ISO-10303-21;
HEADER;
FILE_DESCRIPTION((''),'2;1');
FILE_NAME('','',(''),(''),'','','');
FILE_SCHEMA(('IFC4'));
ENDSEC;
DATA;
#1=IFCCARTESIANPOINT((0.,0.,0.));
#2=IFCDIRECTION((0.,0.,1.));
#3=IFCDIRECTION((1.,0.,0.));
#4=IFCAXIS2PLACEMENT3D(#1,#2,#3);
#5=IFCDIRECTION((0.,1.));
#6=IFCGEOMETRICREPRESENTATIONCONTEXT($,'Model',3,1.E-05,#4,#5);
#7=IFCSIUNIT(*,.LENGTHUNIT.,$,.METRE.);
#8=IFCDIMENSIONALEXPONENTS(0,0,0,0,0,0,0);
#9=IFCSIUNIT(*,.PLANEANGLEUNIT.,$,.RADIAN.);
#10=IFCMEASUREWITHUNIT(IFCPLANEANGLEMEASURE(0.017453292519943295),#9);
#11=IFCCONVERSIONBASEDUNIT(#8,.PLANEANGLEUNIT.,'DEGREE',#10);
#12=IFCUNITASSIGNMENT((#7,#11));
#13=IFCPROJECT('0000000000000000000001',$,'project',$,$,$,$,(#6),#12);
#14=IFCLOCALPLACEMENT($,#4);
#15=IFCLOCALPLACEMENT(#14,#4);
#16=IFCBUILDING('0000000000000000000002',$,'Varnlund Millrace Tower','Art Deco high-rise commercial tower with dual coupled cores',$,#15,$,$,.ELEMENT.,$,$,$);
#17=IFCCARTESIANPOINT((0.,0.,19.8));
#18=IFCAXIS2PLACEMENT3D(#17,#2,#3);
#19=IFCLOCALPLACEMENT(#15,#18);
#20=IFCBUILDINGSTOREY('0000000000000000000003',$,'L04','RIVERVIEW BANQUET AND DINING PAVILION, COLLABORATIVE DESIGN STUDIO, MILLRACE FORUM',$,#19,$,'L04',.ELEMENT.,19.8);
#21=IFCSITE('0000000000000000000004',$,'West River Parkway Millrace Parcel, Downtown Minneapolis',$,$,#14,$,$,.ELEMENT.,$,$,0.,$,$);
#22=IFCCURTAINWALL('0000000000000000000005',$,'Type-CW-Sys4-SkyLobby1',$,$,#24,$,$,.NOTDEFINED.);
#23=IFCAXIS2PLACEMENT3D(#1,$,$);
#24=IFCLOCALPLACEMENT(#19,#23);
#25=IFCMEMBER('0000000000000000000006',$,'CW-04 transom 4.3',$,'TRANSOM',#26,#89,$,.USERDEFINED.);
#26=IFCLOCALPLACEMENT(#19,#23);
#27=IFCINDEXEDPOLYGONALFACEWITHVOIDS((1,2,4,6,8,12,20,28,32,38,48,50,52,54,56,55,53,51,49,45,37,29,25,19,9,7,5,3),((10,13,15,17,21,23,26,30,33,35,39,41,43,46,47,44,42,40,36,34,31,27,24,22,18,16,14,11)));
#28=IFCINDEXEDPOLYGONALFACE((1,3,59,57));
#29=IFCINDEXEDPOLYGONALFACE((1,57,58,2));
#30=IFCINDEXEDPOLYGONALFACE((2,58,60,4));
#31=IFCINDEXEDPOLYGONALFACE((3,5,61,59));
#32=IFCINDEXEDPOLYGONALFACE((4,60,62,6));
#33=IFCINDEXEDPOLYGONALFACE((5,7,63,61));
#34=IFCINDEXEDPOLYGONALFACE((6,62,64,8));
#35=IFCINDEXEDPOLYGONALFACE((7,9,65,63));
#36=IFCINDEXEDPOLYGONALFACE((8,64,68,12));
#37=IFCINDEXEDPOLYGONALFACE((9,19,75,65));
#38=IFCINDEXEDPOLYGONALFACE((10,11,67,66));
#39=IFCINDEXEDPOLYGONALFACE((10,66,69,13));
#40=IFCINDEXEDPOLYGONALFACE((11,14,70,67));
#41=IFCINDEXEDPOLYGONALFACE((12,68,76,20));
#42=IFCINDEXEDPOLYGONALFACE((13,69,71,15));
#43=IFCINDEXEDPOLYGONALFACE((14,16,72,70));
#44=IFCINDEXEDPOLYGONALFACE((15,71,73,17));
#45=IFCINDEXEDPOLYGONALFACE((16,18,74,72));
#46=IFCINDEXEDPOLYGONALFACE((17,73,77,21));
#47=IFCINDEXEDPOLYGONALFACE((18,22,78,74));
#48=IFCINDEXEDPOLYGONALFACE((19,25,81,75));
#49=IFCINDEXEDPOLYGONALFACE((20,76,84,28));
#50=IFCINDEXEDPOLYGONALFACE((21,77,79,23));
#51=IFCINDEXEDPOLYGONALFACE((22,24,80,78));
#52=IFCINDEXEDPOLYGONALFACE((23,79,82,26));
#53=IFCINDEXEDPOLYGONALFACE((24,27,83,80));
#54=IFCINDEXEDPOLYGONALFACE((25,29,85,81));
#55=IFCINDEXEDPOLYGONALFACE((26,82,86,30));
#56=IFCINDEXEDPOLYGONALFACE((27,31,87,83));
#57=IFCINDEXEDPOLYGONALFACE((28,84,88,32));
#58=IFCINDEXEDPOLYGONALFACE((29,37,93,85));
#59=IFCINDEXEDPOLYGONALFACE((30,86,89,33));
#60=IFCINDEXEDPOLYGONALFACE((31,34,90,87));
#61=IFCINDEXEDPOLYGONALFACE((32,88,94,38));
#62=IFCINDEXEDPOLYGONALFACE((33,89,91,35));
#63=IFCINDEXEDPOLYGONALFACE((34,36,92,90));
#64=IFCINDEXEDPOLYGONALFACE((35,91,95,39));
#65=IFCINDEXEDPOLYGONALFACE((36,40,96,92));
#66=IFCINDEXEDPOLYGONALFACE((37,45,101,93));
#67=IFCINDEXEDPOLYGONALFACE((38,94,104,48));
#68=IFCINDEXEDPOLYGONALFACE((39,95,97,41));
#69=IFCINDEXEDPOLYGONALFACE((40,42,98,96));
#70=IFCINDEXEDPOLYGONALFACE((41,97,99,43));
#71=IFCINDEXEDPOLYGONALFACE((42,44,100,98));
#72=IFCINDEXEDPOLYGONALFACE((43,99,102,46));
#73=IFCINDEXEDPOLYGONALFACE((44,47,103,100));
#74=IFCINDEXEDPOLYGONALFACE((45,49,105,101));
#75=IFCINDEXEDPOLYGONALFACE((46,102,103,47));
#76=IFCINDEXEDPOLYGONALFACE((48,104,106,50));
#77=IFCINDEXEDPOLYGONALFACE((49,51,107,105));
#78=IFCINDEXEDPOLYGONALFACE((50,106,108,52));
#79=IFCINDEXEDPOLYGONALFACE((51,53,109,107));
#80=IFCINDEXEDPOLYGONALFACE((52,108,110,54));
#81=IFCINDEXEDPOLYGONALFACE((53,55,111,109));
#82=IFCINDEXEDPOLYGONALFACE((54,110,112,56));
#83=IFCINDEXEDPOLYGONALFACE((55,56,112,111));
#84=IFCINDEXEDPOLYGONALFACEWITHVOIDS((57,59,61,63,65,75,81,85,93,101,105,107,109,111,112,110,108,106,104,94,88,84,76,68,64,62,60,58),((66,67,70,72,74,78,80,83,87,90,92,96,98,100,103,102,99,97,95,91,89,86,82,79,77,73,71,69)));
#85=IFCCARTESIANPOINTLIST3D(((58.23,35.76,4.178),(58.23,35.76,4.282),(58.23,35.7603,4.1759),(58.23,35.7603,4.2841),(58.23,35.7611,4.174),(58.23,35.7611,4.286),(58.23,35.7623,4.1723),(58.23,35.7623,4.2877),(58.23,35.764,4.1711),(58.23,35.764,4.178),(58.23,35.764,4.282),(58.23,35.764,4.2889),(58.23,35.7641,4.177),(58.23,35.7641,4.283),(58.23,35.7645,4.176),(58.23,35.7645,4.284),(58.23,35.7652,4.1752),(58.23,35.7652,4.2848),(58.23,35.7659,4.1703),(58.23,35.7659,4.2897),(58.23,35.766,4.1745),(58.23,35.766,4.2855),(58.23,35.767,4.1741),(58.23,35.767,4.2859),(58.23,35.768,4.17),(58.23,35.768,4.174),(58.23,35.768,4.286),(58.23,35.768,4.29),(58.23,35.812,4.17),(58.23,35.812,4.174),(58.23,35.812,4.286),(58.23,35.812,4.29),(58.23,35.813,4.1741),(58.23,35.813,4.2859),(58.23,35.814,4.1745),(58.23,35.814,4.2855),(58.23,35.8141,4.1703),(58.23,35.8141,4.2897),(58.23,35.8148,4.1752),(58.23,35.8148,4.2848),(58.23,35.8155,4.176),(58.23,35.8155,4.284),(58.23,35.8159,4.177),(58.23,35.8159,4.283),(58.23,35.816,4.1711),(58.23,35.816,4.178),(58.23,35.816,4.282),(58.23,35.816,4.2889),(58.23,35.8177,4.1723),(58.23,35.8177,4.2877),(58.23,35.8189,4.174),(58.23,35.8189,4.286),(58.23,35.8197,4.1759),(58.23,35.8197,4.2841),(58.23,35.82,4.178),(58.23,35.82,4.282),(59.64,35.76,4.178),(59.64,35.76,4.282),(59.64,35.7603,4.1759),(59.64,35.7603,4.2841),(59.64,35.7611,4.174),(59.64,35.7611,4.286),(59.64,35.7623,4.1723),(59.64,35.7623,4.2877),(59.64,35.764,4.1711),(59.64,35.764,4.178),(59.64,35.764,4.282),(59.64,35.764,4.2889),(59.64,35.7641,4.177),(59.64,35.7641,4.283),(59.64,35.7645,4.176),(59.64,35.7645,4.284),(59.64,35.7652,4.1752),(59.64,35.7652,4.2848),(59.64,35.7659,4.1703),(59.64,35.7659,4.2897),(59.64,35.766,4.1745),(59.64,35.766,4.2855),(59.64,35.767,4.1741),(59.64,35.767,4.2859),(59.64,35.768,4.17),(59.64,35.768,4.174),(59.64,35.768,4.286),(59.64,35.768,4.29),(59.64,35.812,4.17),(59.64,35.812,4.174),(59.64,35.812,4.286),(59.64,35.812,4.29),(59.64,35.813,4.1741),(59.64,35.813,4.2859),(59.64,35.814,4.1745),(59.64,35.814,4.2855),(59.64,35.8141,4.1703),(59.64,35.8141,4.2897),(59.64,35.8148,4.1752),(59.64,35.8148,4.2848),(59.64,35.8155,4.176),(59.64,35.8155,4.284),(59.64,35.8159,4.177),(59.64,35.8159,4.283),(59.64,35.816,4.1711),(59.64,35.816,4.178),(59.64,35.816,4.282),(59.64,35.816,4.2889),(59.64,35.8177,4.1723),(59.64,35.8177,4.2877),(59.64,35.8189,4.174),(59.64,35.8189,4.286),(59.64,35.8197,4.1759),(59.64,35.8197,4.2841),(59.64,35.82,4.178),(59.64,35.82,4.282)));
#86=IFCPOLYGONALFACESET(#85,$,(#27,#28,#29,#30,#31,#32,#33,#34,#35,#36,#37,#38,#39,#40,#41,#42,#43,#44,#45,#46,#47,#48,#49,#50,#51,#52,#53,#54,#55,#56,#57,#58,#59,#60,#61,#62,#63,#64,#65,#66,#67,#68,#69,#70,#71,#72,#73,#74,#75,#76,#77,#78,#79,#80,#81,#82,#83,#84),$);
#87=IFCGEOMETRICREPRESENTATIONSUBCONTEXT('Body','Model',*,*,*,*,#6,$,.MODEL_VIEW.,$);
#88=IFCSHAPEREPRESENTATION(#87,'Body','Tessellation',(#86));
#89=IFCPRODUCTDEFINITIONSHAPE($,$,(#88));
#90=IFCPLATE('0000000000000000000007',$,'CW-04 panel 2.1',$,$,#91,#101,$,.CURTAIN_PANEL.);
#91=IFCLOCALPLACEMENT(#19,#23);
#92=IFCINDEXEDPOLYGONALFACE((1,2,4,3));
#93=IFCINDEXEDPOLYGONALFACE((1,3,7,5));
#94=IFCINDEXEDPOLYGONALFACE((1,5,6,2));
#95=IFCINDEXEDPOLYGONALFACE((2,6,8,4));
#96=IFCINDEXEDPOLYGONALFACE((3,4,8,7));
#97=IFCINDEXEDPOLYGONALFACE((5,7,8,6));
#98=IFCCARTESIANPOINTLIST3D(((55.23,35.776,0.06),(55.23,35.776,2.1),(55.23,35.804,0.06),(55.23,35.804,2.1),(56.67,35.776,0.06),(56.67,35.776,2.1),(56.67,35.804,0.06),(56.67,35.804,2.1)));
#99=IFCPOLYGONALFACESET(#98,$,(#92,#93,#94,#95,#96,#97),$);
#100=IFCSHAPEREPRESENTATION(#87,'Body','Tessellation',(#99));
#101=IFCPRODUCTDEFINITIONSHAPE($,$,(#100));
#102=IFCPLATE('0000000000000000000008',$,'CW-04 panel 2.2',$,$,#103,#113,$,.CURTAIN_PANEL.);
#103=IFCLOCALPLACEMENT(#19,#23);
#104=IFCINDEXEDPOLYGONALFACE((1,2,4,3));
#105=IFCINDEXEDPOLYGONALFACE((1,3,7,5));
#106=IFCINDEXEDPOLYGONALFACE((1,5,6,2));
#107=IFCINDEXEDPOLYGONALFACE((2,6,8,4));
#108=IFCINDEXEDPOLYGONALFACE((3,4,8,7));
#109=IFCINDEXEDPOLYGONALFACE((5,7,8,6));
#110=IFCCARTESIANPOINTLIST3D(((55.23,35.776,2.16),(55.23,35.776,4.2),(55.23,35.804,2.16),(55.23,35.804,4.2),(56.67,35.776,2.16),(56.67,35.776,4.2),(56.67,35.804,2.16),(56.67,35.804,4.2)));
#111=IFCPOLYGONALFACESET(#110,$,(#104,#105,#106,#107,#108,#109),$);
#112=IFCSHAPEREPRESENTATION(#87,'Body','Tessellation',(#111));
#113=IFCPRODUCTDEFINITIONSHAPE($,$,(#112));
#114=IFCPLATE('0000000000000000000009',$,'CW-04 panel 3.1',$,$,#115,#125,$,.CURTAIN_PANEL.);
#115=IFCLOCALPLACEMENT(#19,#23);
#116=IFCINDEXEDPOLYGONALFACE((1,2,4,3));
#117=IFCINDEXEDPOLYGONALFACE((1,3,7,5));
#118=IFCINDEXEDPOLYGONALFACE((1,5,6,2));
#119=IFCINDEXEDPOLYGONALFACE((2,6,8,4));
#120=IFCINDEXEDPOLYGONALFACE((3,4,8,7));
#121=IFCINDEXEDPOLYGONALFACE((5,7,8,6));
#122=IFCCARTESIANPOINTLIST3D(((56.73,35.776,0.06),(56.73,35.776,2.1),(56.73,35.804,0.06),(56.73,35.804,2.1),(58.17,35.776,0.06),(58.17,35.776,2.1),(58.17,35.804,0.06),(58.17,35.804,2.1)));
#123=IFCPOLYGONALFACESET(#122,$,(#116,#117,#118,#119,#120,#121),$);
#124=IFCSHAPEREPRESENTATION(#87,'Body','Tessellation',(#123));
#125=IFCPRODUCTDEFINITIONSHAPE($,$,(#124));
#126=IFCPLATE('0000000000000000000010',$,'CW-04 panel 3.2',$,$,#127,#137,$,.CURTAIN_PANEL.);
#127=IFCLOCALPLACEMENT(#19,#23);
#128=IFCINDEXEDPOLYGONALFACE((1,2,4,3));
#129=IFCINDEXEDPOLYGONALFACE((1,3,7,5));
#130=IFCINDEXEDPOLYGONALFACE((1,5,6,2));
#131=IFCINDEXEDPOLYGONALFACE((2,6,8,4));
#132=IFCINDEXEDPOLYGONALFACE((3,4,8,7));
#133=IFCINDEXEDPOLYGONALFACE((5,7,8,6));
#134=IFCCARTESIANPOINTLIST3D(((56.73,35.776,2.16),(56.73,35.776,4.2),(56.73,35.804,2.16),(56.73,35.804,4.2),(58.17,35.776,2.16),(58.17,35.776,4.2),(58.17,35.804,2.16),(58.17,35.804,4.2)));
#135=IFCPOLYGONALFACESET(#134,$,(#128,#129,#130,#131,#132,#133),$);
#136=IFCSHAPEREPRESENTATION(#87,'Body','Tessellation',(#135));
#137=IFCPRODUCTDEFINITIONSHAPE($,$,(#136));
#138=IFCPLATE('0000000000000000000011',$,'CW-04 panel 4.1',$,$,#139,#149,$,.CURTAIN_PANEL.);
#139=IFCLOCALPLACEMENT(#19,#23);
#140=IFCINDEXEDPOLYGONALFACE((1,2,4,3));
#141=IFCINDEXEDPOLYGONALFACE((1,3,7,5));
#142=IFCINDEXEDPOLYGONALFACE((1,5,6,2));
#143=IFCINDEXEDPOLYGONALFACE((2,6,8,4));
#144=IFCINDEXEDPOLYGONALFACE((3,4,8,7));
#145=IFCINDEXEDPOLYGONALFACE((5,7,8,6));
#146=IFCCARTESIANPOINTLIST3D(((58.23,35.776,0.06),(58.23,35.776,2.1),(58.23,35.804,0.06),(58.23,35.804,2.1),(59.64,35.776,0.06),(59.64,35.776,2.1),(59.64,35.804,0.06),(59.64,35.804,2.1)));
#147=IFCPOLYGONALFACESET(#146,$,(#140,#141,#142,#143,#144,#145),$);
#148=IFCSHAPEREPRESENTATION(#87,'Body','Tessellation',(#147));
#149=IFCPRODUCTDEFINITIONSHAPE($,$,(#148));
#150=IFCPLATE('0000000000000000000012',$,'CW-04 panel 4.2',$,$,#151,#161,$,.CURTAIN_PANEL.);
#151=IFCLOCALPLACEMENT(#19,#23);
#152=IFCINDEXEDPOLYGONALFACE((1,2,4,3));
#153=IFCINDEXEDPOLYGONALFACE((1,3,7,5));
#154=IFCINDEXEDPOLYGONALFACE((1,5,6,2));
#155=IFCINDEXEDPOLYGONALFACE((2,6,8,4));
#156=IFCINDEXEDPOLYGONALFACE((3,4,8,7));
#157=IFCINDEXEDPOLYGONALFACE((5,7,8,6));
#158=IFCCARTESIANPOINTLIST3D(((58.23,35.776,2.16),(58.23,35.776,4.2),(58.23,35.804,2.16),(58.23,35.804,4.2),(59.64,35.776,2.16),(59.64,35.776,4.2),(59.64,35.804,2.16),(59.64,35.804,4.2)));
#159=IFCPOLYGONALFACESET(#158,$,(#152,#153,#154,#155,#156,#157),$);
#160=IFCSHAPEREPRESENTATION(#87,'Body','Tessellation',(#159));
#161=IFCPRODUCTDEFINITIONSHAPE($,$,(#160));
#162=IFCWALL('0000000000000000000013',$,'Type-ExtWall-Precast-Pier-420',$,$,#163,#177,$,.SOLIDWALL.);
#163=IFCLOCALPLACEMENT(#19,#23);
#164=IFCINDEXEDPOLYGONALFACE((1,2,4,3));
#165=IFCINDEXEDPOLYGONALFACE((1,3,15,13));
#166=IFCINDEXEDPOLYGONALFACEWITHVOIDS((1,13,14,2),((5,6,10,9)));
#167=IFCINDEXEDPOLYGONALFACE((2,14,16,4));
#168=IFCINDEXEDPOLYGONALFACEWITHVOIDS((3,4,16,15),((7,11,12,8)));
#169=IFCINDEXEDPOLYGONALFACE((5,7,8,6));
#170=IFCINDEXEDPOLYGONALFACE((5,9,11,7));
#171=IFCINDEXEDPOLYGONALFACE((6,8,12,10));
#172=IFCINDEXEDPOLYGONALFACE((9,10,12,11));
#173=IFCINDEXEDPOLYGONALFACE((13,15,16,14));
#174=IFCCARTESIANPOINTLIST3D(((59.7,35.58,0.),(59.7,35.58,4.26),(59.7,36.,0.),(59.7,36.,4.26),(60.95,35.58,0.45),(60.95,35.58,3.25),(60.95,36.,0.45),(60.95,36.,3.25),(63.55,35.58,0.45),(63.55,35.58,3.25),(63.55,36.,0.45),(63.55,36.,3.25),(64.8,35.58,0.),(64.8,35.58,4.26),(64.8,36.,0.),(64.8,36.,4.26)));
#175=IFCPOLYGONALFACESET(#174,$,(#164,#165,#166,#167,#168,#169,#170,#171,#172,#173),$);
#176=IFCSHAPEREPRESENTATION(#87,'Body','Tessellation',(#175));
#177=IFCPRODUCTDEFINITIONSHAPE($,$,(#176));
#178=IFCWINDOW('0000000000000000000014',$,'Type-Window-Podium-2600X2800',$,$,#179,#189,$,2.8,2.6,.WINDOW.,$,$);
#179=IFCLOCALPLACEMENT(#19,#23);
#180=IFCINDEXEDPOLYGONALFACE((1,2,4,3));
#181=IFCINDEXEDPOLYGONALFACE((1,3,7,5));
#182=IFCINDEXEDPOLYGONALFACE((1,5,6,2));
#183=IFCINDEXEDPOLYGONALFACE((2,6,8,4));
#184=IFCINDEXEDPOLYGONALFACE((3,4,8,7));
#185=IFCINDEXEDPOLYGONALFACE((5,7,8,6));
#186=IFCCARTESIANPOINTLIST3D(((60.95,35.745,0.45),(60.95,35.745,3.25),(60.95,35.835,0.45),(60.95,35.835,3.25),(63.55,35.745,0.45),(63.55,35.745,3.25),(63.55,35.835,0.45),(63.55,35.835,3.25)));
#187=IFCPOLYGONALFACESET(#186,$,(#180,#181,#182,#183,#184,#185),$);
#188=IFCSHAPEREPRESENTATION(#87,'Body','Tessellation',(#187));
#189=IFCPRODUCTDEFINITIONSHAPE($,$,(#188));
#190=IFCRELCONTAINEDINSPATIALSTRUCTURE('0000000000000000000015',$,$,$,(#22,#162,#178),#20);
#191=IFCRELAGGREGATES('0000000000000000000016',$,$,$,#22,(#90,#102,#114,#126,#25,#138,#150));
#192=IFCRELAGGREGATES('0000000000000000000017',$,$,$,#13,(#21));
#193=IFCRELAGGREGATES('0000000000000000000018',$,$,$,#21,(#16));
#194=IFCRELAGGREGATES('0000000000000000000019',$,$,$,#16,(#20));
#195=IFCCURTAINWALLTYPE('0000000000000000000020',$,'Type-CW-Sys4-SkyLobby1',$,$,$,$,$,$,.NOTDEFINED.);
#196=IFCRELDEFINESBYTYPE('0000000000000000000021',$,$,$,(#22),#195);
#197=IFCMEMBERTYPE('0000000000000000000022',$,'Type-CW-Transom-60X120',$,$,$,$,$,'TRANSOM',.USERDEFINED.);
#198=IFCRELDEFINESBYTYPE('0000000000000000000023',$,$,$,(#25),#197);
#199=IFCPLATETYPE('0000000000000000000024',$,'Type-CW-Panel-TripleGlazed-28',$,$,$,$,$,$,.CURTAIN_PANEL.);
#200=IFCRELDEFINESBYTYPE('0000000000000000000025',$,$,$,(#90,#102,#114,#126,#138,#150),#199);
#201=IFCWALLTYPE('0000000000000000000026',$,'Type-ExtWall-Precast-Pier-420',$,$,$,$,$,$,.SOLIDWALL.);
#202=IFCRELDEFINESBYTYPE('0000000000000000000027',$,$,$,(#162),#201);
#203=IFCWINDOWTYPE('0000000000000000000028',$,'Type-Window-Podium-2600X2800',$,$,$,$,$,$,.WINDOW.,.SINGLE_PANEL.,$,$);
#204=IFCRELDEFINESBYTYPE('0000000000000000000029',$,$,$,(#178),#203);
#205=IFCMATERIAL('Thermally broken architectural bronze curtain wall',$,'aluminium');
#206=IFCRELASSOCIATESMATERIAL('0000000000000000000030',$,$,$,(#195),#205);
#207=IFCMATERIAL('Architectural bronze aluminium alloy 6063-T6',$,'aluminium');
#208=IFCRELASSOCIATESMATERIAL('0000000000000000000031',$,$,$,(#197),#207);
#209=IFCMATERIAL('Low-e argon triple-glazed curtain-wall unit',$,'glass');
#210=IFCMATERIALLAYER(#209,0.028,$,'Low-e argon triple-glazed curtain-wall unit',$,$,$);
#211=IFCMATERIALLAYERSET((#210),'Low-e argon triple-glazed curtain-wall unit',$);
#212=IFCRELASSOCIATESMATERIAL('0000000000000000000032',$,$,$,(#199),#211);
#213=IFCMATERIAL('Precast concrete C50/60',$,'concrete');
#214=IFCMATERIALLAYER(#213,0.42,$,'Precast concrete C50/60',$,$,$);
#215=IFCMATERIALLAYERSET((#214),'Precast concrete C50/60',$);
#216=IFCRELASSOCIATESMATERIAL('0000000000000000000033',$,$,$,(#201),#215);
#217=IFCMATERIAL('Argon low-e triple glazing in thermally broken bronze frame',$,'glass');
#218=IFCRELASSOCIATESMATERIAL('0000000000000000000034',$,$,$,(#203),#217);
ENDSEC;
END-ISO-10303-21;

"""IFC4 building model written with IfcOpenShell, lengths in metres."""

from ifc_helpers import new_model, entity, si_unit, converted_unit, direction, frame, origin_with_axes, origin_2d_with_axis, place, context, subcontext, project, spatial, polyline, rectangle, hollow_rectangle, outline, extrude, material, layer, layer_set, material_profile, profile_set, type_object, element, fill, aggregate, save


model = new_model("IFC4")

# Units and contexts
model_context = context("Model", 3, precision=1e-05, world=origin_with_axes(), true_north=direction((0.0, 1.0)))
body_context = subcontext(model_context, "Body", "Model", "MODEL_VIEW")
ifc_project = project(units=[si_unit("LENGTHUNIT", "METRE"), converted_unit("PLANEANGLEUNIT", "DEGREE", entity("IfcPlaneAngleMeasure", 0.017453292519943295), si_unit("PLANEANGLEUNIT", "RADIAN"), dimensions=[0, 0, 0, 0, 0, 0, 0])], contexts=[model_context])

# Site, building, storey
site_placement = place(None, origin_with_axes())
site = spatial("IfcSite", under=ifc_project, at=site_placement, Name="West River Parkway Millrace Parcel, Downtown Minneapolis", CompositionType="ELEMENT", RefElevation=0.0)
building_placement = place(site_placement, origin_with_axes())
building = spatial("IfcBuilding", under=site, at=building_placement, Name="Varnlund Millrace Tower", Description="Art Deco high-rise commercial tower with dual coupled cores", CompositionType="ELEMENT")
storey_placement = place(building_placement, frame((0.0, 0.0, 19.8), z_axis=(0.0, 0.0, 1.0), x_axis=(1.0, 0.0, 0.0)))
storey = spatial("IfcBuildingStorey", under=building, at=storey_placement, Name="L04", Description="RIVERVIEW BANQUET AND DINING PAVILION, COLLABORATIVE DESIGN STUDIO, MILLRACE FORUM", LongName="L04", CompositionType="ELEMENT", Elevation=19.8)

# Curtain wall, member, plates
ifc_material_1 = material(Name="Thermally broken architectural bronze curtain wall", Category="aluminium")
curtain_wall_type = type_object("IfcCurtainWallType", Name="Type-CW-Sys4-SkyLobby1", PredefinedType="NOTDEFINED", material=ifc_material_1)
curtain_wall_placement = place(storey_placement, frame((53.7, 35.79, 0.0), z_axis=(0.0, 0.0, 1.0), x_axis=(1.0, 0.0, 0.0)))
curtain_wall = element("IfcCurtainWall", 1, at=curtain_wall_placement, inside=storey, type_object=curtain_wall_type, Name="Type-CW-Sys4-SkyLobby1", PredefinedType="NOTDEFINED")
ifc_material_2 = material(Name="Architectural bronze aluminium alloy 6063-T6", Category="aluminium")
ifc_material_profile_1 = material_profile(ifc_material_2, hollow_rectangle(XDim=0.06, YDim=0.12, WallThickness=0.004, InnerFilletRadius=0.004, OuterFilletRadius=0.008, at=origin_2d_with_axis()), Name="Architectural bronze aluminium alloy 6063-T6")
ifc_profile_set_1 = profile_set([ifc_material_profile_1], Name="Architectural bronze aluminium alloy 6063-T6")
member_type_1 = type_object("IfcMemberType", Name="Type-CW-Transom-60X120", ElementType="TRANSOM", PredefinedType="USERDEFINED", material=ifc_profile_set_1)
member_1_placement = place(storey_placement, frame((58.23, 35.79, 4.23), z_axis=(1.0, 0.0, 0.0), x_axis=(0.0, 1.0, 0.0)))
member_1 = element("IfcMember", 2, at=member_1_placement, type_object=member_type_1, Name="CW-04 transom 4.3", ObjectType="TRANSOM", PredefinedType="USERDEFINED", context=body_context, shape_type="SweptSolid", body=[
    extrude(hollow_rectangle(XDim=0.06, YDim=0.12, WallThickness=0.004, InnerFilletRadius=0.004, OuterFilletRadius=0.008, at=origin_2d_with_axis()), origin_with_axes(), (0.0, 0.0, 1.0), 1.41),
])
ifc_material_3 = material(Name="Low-e argon triple-glazed curtain-wall unit", Category="glass")
ifc_layer_1 = layer(ifc_material_3, 0.028, Name="Low-e argon triple-glazed curtain-wall unit")
ifc_layer_set_1 = layer_set([ifc_layer_1], Name="Low-e argon triple-glazed curtain-wall unit")
plate_type = type_object("IfcPlateType", Name="Type-CW-Panel-TripleGlazed-28", PredefinedType="CURTAIN_PANEL", material=ifc_layer_set_1)
plate_1_placement = place(storey_placement, frame((55.95, 35.79, 0.06), z_axis=(0.0, 0.0, 1.0), x_axis=(1.0, 0.0, 0.0)))
plate_1 = element("IfcPlate", 3, at=plate_1_placement, type_object=plate_type, Name="CW-04 panel 2.1", PredefinedType="CURTAIN_PANEL", context=body_context, shape_type="SweptSolid", body=[
    extrude(rectangle(XDim=1.44, YDim=0.028, at=origin_2d_with_axis()), origin_with_axes(), (0.0, 0.0, 1.0), 2.04),
])
plate_2_placement = place(storey_placement, frame((55.95, 35.79, 2.16), z_axis=(0.0, 0.0, 1.0), x_axis=(1.0, 0.0, 0.0)))
plate_2 = element("IfcPlate", 4, at=plate_2_placement, type_object=plate_type, Name="CW-04 panel 2.2", PredefinedType="CURTAIN_PANEL", context=body_context, shape_type="SweptSolid", body=[
    extrude(rectangle(XDim=1.44, YDim=0.028, at=origin_2d_with_axis()), origin_with_axes(), (0.0, 0.0, 1.0), 2.04),
])
plate_3_placement = place(storey_placement, frame((57.45, 35.79, 0.06), z_axis=(0.0, 0.0, 1.0), x_axis=(1.0, 0.0, 0.0)))
plate_3 = element("IfcPlate", 5, at=plate_3_placement, type_object=plate_type, Name="CW-04 panel 3.1", PredefinedType="CURTAIN_PANEL", context=body_context, shape_type="SweptSolid", body=[
    extrude(rectangle(XDim=1.44, YDim=0.028, at=origin_2d_with_axis()), origin_with_axes(), (0.0, 0.0, 1.0), 2.04),
])
plate_4_placement = place(storey_placement, frame((57.45, 35.79, 2.16), z_axis=(0.0, 0.0, 1.0), x_axis=(1.0, 0.0, 0.0)))
plate_4 = element("IfcPlate", 6, at=plate_4_placement, type_object=plate_type, Name="CW-04 panel 3.2", PredefinedType="CURTAIN_PANEL", context=body_context, shape_type="SweptSolid", body=[
    extrude(rectangle(XDim=1.44, YDim=0.028, at=origin_2d_with_axis()), origin_with_axes(), (0.0, 0.0, 1.0), 2.04),
])
plate_5_placement = place(storey_placement, frame((58.935, 35.79, 0.06), z_axis=(0.0, 0.0, 1.0), x_axis=(1.0, 0.0, 0.0)))
plate_5 = element("IfcPlate", 7, at=plate_5_placement, type_object=plate_type, Name="CW-04 panel 4.1", PredefinedType="CURTAIN_PANEL", context=body_context, shape_type="SweptSolid", body=[
    extrude(rectangle(XDim=1.41, YDim=0.028, at=origin_2d_with_axis()), origin_with_axes(), (0.0, 0.0, 1.0), 2.04),
])
plate_6_placement = place(storey_placement, frame((58.935, 35.79, 2.16), z_axis=(0.0, 0.0, 1.0), x_axis=(1.0, 0.0, 0.0)))
plate_6 = element("IfcPlate", 8, at=plate_6_placement, type_object=plate_type, Name="CW-04 panel 4.2", PredefinedType="CURTAIN_PANEL", context=body_context, shape_type="SweptSolid", body=[
    extrude(rectangle(XDim=1.41, YDim=0.028, at=origin_2d_with_axis()), origin_with_axes(), (0.0, 0.0, 1.0), 2.04),
])
aggregate(curtain_wall, [plate_1, plate_2, plate_3, plate_4, member_1, plate_5, plate_6])

# Wall, opening, window
ifc_material_4 = material(Name="Precast concrete C50/60", Category="concrete")
ifc_layer_2 = layer(ifc_material_4, 0.42, Name="Precast concrete C50/60")
ifc_layer_set_2 = layer_set([ifc_layer_2], Name="Precast concrete C50/60")
wall_type = type_object("IfcWallType", Name="Type-ExtWall-Precast-Pier-420", PredefinedType="SOLIDWALL", material=ifc_layer_set_2)
wall_1_placement = place(storey_placement, frame((59.7, 35.79, 0.0), z_axis=(0.0, 0.0, 1.0), x_axis=(1.0, 0.0, 0.0)))
wall_1 = element("IfcWall", 9, at=wall_1_placement, inside=storey, type_object=wall_type, Name="Type-ExtWall-Precast-Pier-420", PredefinedType="SOLIDWALL", context=body_context, shape_type="SweptSolid", body=[
    extrude(outline(polyline([(0.0, -0.21), (5.1, -0.21), (5.1, 0.21), (0.0, 0.21), (0.0, -0.21)])), origin_with_axes(), (0.0, 0.0, 1.0), 4.26),
])
opening_1_placement = place(wall_1_placement, frame((2.55, 0.0, 0.45), z_axis=(0.0, 0.0, 1.0), x_axis=(1.0, 0.0, 0.0)))
opening_1 = element("IfcOpeningElement", 10, at=opening_1_placement, cuts=wall_1, PredefinedType="OPENING", context=body_context, shape_type="SweptSolid", body=[
    extrude(rectangle(XDim=2.6, YDim=0.44, at=origin_2d_with_axis()), origin_with_axes(), (0.0, 0.0, 1.0), 2.8),
])
ifc_material_5 = material(Name="Argon low-e triple glazing in thermally broken bronze frame", Category="glass")
window_type = type_object("IfcWindowType", Name="Type-Window-Podium-2600X2800", PartitioningType="SINGLE_PANEL", PredefinedType="WINDOW", material=ifc_material_5)
window_1_placement = place(wall_1_placement, frame((2.55, 0.0, 0.45), z_axis=(0.0, 0.0, 1.0), x_axis=(1.0, 0.0, 0.0)))
window_1 = element("IfcWindow", 11, at=window_1_placement, inside=storey, type_object=window_type, Name="Type-Window-Podium-2600X2800", OverallHeight=2.8, OverallWidth=2.6, PredefinedType="WINDOW", context=body_context, shape_type="SweptSolid", body=[
    extrude(rectangle(XDim=2.6, YDim=0.09, at=origin_2d_with_axis()), origin_with_axes(), (0.0, 0.0, 1.0), 2.8),
])
fill(opening_1, window_1)

save(model, "model.ifc")
